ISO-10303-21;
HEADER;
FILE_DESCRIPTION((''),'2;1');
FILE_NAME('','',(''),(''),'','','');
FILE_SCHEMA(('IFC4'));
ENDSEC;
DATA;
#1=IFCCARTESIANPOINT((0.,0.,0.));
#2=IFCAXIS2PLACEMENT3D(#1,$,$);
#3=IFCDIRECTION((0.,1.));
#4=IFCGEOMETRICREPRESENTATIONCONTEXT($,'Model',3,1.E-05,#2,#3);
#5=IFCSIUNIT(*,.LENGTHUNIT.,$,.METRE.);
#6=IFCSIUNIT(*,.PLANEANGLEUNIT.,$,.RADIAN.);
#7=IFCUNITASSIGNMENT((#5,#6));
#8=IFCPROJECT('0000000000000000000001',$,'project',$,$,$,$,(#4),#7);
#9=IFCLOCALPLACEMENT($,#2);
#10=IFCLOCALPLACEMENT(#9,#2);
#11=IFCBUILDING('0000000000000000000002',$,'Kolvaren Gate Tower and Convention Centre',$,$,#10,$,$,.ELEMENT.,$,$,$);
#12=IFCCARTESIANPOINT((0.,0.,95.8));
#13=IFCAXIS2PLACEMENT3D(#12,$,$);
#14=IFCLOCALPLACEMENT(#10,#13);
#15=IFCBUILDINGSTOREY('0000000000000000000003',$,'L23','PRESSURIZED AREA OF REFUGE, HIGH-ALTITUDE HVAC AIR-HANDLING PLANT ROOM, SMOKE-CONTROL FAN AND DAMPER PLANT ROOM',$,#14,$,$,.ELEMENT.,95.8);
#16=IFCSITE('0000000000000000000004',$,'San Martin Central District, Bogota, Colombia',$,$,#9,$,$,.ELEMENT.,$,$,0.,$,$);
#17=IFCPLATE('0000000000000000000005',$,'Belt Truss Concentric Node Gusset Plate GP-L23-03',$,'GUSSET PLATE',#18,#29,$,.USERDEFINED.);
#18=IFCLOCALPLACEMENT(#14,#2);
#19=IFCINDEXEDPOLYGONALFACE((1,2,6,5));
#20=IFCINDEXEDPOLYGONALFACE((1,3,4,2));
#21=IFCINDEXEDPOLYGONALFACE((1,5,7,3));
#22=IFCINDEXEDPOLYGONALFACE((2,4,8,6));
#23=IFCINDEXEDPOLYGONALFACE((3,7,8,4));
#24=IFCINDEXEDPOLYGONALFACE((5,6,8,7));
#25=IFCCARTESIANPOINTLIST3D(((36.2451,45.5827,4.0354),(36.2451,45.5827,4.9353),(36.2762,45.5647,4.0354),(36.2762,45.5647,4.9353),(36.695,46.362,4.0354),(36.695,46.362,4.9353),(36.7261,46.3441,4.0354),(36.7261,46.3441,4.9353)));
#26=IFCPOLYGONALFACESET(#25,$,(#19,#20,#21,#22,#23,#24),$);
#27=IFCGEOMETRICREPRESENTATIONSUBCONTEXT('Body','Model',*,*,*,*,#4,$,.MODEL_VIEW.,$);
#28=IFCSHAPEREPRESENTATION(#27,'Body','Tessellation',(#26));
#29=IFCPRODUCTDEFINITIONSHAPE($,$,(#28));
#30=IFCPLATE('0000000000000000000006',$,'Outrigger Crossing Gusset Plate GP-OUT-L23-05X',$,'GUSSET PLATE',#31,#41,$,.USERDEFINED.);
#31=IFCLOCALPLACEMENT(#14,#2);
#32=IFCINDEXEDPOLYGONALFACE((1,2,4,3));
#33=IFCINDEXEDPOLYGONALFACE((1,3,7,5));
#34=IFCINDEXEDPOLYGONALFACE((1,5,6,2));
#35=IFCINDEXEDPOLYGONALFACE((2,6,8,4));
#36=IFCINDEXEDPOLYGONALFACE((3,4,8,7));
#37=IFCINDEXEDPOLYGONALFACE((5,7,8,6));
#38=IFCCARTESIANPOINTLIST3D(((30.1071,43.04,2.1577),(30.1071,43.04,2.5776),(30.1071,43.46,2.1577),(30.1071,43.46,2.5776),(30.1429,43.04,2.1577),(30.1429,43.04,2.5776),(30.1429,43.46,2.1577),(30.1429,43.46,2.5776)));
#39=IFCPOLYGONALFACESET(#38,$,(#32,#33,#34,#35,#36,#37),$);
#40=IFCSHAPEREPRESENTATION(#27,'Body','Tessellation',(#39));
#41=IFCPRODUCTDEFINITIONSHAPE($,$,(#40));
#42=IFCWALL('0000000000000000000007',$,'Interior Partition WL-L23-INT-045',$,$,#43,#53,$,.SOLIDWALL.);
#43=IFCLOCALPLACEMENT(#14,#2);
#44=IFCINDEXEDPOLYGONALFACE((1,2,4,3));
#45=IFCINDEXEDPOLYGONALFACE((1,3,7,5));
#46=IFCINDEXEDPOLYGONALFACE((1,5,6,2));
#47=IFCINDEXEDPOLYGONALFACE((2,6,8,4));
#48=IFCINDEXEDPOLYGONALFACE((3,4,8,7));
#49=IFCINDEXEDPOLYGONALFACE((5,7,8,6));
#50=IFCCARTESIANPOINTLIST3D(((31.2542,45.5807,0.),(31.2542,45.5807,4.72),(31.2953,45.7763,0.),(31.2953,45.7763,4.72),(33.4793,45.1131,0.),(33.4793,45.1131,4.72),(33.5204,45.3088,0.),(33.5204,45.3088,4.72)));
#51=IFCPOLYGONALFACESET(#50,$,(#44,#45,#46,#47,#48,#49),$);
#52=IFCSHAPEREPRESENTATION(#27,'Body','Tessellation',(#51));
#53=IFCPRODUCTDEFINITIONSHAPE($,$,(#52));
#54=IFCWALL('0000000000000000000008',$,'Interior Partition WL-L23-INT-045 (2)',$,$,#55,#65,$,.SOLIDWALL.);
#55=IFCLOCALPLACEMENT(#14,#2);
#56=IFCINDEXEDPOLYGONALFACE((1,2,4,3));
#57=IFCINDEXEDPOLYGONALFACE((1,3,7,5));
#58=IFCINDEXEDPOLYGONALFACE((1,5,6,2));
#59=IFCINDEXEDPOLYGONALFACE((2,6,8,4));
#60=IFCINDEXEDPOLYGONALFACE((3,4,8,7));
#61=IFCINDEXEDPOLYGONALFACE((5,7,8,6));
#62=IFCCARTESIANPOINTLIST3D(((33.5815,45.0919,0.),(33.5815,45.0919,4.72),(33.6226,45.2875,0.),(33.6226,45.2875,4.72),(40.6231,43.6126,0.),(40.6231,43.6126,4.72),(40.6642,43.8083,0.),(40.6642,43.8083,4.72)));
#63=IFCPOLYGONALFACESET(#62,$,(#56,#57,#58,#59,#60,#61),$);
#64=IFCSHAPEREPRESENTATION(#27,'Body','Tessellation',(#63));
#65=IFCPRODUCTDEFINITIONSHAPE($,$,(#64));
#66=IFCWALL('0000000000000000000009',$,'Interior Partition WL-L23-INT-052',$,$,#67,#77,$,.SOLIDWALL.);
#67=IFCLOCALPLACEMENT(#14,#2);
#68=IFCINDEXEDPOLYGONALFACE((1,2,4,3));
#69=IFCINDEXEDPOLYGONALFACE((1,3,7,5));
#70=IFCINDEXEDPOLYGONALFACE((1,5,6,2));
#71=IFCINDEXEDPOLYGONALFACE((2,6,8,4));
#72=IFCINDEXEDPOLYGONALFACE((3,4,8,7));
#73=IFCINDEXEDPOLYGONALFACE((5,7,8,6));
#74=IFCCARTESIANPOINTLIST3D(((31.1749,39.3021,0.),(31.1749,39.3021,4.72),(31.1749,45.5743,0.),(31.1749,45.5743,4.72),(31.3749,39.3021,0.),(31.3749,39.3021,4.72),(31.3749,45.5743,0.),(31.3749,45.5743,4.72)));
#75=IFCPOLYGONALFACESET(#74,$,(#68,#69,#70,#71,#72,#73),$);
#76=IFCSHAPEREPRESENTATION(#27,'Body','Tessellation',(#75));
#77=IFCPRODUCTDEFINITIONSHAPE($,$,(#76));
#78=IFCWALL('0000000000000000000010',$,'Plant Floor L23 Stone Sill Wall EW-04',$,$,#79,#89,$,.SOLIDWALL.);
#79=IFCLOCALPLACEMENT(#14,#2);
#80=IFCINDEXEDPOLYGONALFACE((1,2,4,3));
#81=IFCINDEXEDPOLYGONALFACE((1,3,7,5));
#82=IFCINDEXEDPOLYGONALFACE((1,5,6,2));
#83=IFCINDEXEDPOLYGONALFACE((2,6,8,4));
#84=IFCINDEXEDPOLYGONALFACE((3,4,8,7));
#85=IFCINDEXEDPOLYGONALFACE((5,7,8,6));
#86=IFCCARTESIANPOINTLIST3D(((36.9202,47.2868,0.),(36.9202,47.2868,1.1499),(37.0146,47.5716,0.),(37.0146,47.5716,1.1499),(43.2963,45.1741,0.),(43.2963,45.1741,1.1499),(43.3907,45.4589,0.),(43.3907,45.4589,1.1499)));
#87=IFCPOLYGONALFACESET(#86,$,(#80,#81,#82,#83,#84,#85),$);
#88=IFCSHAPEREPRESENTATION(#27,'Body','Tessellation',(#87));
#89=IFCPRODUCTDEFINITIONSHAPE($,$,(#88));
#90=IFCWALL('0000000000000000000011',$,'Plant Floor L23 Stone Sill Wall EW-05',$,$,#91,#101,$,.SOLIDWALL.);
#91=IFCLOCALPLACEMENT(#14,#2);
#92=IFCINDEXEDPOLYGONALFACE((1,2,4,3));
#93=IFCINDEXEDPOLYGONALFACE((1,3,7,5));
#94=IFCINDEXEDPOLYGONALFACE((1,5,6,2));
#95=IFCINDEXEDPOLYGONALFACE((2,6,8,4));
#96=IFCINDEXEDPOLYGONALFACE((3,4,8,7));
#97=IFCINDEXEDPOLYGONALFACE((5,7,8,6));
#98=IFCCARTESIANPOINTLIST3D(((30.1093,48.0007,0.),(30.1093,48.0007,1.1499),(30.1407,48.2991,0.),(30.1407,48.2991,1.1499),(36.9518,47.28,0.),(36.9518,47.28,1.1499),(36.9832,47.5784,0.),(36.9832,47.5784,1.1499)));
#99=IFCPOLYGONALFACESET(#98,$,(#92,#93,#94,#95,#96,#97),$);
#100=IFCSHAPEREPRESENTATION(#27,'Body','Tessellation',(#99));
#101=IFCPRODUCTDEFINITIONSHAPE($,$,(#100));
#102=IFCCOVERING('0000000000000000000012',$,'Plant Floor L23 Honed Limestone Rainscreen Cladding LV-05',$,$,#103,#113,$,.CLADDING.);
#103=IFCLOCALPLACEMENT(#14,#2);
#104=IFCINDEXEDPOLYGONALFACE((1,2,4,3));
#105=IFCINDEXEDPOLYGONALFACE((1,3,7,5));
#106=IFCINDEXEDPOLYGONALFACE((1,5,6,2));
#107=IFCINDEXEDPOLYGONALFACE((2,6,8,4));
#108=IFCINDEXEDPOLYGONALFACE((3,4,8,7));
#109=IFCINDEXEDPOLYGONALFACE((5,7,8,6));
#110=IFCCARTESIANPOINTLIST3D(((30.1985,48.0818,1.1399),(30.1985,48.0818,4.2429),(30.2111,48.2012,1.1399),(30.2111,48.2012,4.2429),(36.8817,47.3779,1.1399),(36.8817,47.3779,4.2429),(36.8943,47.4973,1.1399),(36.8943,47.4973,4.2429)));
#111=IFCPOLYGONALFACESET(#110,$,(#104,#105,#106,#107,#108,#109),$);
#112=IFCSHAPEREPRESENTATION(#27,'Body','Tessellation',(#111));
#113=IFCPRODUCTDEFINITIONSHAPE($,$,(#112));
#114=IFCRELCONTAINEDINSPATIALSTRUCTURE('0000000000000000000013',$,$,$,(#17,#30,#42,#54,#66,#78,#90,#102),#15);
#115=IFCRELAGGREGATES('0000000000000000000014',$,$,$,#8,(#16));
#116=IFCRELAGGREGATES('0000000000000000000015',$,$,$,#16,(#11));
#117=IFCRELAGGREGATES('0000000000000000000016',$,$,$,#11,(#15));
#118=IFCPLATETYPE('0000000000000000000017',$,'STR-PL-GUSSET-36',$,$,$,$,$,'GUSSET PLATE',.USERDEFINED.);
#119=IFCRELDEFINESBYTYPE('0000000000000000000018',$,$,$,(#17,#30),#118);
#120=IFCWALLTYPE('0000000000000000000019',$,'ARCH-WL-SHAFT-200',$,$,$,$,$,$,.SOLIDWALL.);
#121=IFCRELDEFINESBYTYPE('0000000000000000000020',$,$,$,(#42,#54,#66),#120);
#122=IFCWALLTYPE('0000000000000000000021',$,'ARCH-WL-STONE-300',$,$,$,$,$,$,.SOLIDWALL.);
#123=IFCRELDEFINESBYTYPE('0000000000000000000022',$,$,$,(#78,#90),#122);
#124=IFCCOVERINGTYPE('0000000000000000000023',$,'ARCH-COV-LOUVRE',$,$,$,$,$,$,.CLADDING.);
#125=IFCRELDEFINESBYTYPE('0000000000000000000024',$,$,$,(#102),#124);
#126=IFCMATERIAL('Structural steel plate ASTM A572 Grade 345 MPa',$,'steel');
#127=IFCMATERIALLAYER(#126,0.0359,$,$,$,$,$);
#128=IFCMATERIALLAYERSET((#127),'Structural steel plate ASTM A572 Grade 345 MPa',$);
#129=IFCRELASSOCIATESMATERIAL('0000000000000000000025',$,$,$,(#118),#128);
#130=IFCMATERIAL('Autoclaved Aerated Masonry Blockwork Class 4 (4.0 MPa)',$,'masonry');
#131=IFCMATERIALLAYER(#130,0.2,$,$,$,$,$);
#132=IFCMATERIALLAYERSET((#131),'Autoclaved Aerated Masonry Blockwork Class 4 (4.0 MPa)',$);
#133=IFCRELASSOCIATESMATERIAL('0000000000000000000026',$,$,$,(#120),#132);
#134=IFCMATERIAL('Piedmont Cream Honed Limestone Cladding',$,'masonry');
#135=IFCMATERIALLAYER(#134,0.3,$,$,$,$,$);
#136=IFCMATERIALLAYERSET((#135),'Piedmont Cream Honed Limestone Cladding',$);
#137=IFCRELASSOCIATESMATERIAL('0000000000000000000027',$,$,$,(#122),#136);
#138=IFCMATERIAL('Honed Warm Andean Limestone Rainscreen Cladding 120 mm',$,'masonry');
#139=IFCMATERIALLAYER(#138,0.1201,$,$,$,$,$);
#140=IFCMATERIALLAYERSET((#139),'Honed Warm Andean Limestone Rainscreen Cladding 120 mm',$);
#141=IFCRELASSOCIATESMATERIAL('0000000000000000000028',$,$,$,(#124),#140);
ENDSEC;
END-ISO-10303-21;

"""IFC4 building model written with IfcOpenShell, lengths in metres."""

from ifc_helpers import new_model, si_unit, direction, frame, frame_2d, origin, origin_2d, place, context, subcontext, project, spatial, rectangle, extrude, material, layer, layer_set, type_object, element, save


model = new_model("IFC4")

# Units and contexts
model_context = context("Model", 3, precision=1e-05, world=origin(), true_north=direction((0.0, 1.0)))
body_context = subcontext(model_context, "Body", "Model", "MODEL_VIEW")
ifc_project = project(units=[si_unit("LENGTHUNIT", "METRE"), si_unit("PLANEANGLEUNIT", "RADIAN")], contexts=[model_context])

# Site, building, storey
site_placement = place(None, origin())
site = spatial("IfcSite", under=ifc_project, at=site_placement, Name="San Martin Central District, Bogota, Colombia", CompositionType="ELEMENT", RefElevation=0.0)
building_placement = place(site_placement, origin())
building = spatial("IfcBuilding", under=site, at=building_placement, Name="Kolvaren Gate Tower and Convention Centre", CompositionType="ELEMENT")
storey_placement = place(building_placement, frame((0.0, 0.0, 95.8)))
storey = spatial("IfcBuildingStorey", under=building, at=storey_placement, Name="L23", Description="PRESSURIZED AREA OF REFUGE, HIGH-ALTITUDE HVAC AIR-HANDLING PLANT ROOM, SMOKE-CONTROL FAN AND DAMPER PLANT ROOM", CompositionType="ELEMENT", Elevation=95.8)

# Plates
ifc_material_1 = material(Name="Structural steel plate ASTM A572 Grade 345 MPa", Category="steel")
ifc_layer_1 = layer(ifc_material_1, 0.0359)
ifc_layer_set_1 = layer_set([ifc_layer_1], Name="Structural steel plate ASTM A572 Grade 345 MPa")
plate_type_1 = type_object("IfcPlateType", Name="STR-PL-GUSSET-36", ElementType="GUSSET PLATE", PredefinedType="USERDEFINED", material=ifc_layer_set_1)
plate_1_placement = place(storey_placement, frame((36.4856, 45.9634, 4.0354), z_axis=(0.0, 0.0, 1.0), x_axis=(0.5, 0.866025, 0.0)))
element("IfcPlate", 1, at=plate_1_placement, inside=storey, type_object=plate_type_1, Name="Belt Truss Concentric Node Gusset Plate GP-L23-03", ObjectType="GUSSET PLATE", PredefinedType="USERDEFINED", context=body_context, shape_type="SweptSolid", body=[
    extrude(rectangle(XDim=0.8999, YDim=0.0359, at=origin_2d()), origin(), (0.0, 0.0, 1.0), 0.8999),
])
plate_2_placement = place(storey_placement, frame((30.125, 43.25, 2.1577), z_axis=(0.0, 0.0, 1.0), x_axis=(0.0, 1.0, 0.0)))
element("IfcPlate", 2, at=plate_2_placement, inside=storey, type_object=plate_type_1, Name="Outrigger Crossing Gusset Plate GP-OUT-L23-05X", ObjectType="GUSSET PLATE", PredefinedType="USERDEFINED", context=body_context, shape_type="SweptSolid", body=[
    extrude(rectangle(XDim=0.4199, YDim=0.0359, at=origin_2d()), origin(), (0.0, 0.0, 1.0), 0.4199),
])

# Walls
ifc_material_2 = material(Name="Autoclaved Aerated Masonry Blockwork Class 4 (4.0 MPa)", Category="masonry")
ifc_layer_2 = layer(ifc_material_2, 0.2)
ifc_layer_set_2 = layer_set([ifc_layer_2], Name="Autoclaved Aerated Masonry Blockwork Class 4 (4.0 MPa)")
wall_type_1 = type_object("IfcWallType", Name="ARCH-WL-SHAFT-200", PredefinedType="SOLIDWALL", material=ifc_layer_set_2)
wall_1_placement = place(storey_placement, frame((31.2749, 45.6785, 0.0), z_axis=(0.0, 0.0, 1.0), x_axis=(0.978631, -0.205626, 0.0)))
element("IfcWall", 3, at=wall_1_placement, inside=storey, type_object=wall_type_1, Name="Interior Partition WL-L23-INT-045", PredefinedType="SOLIDWALL", context=body_context, shape_type="SweptSolid", body=[
    extrude(rectangle(XDim=2.2737, YDim=0.2, at=frame_2d((1.1367, 0.0))), origin(), (0.0, 0.0, 1.0), 4.72),
])
wall_2_placement = place(storey_placement, frame((33.6021, 45.1897, 0.0), z_axis=(0.0, 0.0, 1.0), x_axis=(0.978639, -0.205588, 0.0)))
element("IfcWall", 4, at=wall_2_placement, inside=storey, type_object=wall_type_1, Name="Interior Partition WL-L23-INT-045 (2)", PredefinedType="SOLIDWALL", context=body_context, shape_type="SweptSolid", body=[
    extrude(rectangle(XDim=7.1953, YDim=0.2, at=frame_2d((3.5977, 0.0))), origin(), (0.0, 0.0, 1.0), 4.72),
])
wall_3_placement = place(storey_placement, frame((31.2749, 39.302, 0.0), z_axis=(0.0, 0.0, 1.0), x_axis=(0.0, 1.0, 0.0)))
element("IfcWall", 5, at=wall_3_placement, inside=storey, type_object=wall_type_1, Name="Interior Partition WL-L23-INT-052", PredefinedType="SOLIDWALL", context=body_context, shape_type="SweptSolid", body=[
    extrude(rectangle(XDim=6.2722, YDim=0.2, at=frame_2d((3.1362, 0.0))), origin(), (0.0, 0.0, 1.0), 4.72),
])
ifc_material_3 = material(Name="Piedmont Cream Honed Limestone Cladding", Category="masonry")
ifc_layer_3 = layer(ifc_material_3, 0.3)
ifc_layer_set_3 = layer_set([ifc_layer_3], Name="Piedmont Cream Honed Limestone Cladding")
wall_type_2 = type_object("IfcWallType", Name="ARCH-WL-STONE-300", PredefinedType="SOLIDWALL", material=ifc_layer_set_3)
wall_4_placement = place(storey_placement, frame((36.9675, 47.4292, 0.0), z_axis=(0.0, 0.0, 1.0), x_axis=(0.949245, -0.314537, 0.0)))
element("IfcWall", 6, at=wall_4_placement, inside=storey, type_object=wall_type_2, Name="Plant Floor L23 Stone Sill Wall EW-04", PredefinedType="SOLIDWALL", context=body_context, shape_type="SweptSolid", body=[
    extrude(rectangle(XDim=6.717, YDim=0.3, at=frame_2d((3.3584, 0.0))), origin(), (0.0, 0.0, 1.0), 1.1499),
])
wall_5_placement = place(storey_placement, frame((30.125, 48.1499, 0.0), z_axis=(0.0, 0.0, 1.0), x_axis=(0.994499, -0.104748, 0.0)))
element("IfcWall", 7, at=wall_5_placement, inside=storey, type_object=wall_type_2, Name="Plant Floor L23 Stone Sill Wall EW-05", PredefinedType="SOLIDWALL", context=body_context, shape_type="SweptSolid", body=[
    extrude(rectangle(XDim=6.8804, YDim=0.3, at=frame_2d((3.4402, 0.0))), origin(), (0.0, 0.0, 1.0), 1.1499),
])

# Covering
ifc_material_4 = material(Name="Honed Warm Andean Limestone Rainscreen Cladding 120 mm", Category="masonry")
ifc_layer_4 = layer(ifc_material_4, 0.1201)
ifc_layer_set_4 = layer_set([ifc_layer_4], Name="Honed Warm Andean Limestone Rainscreen Cladding 120 mm")
covering_type = type_object("IfcCoveringType", Name="ARCH-COV-LOUVRE", PredefinedType="CLADDING", material=ifc_layer_set_4)
covering_placement = place(storey_placement, frame((33.5464, 47.7896, 1.1399), z_axis=(0.0, 0.0, 1.0), x_axis=(0.994499, -0.104747, 0.0)))
element("IfcCovering", 8, at=covering_placement, inside=storey, type_object=covering_type, Name="Plant Floor L23 Honed Limestone Rainscreen Cladding LV-05", PredefinedType="CLADDING", context=body_context, shape_type="SweptSolid", body=[
    extrude(rectangle(XDim=6.7202, YDim=0.1201, at=origin_2d()), origin(), (0.0, 0.0, 1.0), 3.103),
])

save(model, "model.ifc")
